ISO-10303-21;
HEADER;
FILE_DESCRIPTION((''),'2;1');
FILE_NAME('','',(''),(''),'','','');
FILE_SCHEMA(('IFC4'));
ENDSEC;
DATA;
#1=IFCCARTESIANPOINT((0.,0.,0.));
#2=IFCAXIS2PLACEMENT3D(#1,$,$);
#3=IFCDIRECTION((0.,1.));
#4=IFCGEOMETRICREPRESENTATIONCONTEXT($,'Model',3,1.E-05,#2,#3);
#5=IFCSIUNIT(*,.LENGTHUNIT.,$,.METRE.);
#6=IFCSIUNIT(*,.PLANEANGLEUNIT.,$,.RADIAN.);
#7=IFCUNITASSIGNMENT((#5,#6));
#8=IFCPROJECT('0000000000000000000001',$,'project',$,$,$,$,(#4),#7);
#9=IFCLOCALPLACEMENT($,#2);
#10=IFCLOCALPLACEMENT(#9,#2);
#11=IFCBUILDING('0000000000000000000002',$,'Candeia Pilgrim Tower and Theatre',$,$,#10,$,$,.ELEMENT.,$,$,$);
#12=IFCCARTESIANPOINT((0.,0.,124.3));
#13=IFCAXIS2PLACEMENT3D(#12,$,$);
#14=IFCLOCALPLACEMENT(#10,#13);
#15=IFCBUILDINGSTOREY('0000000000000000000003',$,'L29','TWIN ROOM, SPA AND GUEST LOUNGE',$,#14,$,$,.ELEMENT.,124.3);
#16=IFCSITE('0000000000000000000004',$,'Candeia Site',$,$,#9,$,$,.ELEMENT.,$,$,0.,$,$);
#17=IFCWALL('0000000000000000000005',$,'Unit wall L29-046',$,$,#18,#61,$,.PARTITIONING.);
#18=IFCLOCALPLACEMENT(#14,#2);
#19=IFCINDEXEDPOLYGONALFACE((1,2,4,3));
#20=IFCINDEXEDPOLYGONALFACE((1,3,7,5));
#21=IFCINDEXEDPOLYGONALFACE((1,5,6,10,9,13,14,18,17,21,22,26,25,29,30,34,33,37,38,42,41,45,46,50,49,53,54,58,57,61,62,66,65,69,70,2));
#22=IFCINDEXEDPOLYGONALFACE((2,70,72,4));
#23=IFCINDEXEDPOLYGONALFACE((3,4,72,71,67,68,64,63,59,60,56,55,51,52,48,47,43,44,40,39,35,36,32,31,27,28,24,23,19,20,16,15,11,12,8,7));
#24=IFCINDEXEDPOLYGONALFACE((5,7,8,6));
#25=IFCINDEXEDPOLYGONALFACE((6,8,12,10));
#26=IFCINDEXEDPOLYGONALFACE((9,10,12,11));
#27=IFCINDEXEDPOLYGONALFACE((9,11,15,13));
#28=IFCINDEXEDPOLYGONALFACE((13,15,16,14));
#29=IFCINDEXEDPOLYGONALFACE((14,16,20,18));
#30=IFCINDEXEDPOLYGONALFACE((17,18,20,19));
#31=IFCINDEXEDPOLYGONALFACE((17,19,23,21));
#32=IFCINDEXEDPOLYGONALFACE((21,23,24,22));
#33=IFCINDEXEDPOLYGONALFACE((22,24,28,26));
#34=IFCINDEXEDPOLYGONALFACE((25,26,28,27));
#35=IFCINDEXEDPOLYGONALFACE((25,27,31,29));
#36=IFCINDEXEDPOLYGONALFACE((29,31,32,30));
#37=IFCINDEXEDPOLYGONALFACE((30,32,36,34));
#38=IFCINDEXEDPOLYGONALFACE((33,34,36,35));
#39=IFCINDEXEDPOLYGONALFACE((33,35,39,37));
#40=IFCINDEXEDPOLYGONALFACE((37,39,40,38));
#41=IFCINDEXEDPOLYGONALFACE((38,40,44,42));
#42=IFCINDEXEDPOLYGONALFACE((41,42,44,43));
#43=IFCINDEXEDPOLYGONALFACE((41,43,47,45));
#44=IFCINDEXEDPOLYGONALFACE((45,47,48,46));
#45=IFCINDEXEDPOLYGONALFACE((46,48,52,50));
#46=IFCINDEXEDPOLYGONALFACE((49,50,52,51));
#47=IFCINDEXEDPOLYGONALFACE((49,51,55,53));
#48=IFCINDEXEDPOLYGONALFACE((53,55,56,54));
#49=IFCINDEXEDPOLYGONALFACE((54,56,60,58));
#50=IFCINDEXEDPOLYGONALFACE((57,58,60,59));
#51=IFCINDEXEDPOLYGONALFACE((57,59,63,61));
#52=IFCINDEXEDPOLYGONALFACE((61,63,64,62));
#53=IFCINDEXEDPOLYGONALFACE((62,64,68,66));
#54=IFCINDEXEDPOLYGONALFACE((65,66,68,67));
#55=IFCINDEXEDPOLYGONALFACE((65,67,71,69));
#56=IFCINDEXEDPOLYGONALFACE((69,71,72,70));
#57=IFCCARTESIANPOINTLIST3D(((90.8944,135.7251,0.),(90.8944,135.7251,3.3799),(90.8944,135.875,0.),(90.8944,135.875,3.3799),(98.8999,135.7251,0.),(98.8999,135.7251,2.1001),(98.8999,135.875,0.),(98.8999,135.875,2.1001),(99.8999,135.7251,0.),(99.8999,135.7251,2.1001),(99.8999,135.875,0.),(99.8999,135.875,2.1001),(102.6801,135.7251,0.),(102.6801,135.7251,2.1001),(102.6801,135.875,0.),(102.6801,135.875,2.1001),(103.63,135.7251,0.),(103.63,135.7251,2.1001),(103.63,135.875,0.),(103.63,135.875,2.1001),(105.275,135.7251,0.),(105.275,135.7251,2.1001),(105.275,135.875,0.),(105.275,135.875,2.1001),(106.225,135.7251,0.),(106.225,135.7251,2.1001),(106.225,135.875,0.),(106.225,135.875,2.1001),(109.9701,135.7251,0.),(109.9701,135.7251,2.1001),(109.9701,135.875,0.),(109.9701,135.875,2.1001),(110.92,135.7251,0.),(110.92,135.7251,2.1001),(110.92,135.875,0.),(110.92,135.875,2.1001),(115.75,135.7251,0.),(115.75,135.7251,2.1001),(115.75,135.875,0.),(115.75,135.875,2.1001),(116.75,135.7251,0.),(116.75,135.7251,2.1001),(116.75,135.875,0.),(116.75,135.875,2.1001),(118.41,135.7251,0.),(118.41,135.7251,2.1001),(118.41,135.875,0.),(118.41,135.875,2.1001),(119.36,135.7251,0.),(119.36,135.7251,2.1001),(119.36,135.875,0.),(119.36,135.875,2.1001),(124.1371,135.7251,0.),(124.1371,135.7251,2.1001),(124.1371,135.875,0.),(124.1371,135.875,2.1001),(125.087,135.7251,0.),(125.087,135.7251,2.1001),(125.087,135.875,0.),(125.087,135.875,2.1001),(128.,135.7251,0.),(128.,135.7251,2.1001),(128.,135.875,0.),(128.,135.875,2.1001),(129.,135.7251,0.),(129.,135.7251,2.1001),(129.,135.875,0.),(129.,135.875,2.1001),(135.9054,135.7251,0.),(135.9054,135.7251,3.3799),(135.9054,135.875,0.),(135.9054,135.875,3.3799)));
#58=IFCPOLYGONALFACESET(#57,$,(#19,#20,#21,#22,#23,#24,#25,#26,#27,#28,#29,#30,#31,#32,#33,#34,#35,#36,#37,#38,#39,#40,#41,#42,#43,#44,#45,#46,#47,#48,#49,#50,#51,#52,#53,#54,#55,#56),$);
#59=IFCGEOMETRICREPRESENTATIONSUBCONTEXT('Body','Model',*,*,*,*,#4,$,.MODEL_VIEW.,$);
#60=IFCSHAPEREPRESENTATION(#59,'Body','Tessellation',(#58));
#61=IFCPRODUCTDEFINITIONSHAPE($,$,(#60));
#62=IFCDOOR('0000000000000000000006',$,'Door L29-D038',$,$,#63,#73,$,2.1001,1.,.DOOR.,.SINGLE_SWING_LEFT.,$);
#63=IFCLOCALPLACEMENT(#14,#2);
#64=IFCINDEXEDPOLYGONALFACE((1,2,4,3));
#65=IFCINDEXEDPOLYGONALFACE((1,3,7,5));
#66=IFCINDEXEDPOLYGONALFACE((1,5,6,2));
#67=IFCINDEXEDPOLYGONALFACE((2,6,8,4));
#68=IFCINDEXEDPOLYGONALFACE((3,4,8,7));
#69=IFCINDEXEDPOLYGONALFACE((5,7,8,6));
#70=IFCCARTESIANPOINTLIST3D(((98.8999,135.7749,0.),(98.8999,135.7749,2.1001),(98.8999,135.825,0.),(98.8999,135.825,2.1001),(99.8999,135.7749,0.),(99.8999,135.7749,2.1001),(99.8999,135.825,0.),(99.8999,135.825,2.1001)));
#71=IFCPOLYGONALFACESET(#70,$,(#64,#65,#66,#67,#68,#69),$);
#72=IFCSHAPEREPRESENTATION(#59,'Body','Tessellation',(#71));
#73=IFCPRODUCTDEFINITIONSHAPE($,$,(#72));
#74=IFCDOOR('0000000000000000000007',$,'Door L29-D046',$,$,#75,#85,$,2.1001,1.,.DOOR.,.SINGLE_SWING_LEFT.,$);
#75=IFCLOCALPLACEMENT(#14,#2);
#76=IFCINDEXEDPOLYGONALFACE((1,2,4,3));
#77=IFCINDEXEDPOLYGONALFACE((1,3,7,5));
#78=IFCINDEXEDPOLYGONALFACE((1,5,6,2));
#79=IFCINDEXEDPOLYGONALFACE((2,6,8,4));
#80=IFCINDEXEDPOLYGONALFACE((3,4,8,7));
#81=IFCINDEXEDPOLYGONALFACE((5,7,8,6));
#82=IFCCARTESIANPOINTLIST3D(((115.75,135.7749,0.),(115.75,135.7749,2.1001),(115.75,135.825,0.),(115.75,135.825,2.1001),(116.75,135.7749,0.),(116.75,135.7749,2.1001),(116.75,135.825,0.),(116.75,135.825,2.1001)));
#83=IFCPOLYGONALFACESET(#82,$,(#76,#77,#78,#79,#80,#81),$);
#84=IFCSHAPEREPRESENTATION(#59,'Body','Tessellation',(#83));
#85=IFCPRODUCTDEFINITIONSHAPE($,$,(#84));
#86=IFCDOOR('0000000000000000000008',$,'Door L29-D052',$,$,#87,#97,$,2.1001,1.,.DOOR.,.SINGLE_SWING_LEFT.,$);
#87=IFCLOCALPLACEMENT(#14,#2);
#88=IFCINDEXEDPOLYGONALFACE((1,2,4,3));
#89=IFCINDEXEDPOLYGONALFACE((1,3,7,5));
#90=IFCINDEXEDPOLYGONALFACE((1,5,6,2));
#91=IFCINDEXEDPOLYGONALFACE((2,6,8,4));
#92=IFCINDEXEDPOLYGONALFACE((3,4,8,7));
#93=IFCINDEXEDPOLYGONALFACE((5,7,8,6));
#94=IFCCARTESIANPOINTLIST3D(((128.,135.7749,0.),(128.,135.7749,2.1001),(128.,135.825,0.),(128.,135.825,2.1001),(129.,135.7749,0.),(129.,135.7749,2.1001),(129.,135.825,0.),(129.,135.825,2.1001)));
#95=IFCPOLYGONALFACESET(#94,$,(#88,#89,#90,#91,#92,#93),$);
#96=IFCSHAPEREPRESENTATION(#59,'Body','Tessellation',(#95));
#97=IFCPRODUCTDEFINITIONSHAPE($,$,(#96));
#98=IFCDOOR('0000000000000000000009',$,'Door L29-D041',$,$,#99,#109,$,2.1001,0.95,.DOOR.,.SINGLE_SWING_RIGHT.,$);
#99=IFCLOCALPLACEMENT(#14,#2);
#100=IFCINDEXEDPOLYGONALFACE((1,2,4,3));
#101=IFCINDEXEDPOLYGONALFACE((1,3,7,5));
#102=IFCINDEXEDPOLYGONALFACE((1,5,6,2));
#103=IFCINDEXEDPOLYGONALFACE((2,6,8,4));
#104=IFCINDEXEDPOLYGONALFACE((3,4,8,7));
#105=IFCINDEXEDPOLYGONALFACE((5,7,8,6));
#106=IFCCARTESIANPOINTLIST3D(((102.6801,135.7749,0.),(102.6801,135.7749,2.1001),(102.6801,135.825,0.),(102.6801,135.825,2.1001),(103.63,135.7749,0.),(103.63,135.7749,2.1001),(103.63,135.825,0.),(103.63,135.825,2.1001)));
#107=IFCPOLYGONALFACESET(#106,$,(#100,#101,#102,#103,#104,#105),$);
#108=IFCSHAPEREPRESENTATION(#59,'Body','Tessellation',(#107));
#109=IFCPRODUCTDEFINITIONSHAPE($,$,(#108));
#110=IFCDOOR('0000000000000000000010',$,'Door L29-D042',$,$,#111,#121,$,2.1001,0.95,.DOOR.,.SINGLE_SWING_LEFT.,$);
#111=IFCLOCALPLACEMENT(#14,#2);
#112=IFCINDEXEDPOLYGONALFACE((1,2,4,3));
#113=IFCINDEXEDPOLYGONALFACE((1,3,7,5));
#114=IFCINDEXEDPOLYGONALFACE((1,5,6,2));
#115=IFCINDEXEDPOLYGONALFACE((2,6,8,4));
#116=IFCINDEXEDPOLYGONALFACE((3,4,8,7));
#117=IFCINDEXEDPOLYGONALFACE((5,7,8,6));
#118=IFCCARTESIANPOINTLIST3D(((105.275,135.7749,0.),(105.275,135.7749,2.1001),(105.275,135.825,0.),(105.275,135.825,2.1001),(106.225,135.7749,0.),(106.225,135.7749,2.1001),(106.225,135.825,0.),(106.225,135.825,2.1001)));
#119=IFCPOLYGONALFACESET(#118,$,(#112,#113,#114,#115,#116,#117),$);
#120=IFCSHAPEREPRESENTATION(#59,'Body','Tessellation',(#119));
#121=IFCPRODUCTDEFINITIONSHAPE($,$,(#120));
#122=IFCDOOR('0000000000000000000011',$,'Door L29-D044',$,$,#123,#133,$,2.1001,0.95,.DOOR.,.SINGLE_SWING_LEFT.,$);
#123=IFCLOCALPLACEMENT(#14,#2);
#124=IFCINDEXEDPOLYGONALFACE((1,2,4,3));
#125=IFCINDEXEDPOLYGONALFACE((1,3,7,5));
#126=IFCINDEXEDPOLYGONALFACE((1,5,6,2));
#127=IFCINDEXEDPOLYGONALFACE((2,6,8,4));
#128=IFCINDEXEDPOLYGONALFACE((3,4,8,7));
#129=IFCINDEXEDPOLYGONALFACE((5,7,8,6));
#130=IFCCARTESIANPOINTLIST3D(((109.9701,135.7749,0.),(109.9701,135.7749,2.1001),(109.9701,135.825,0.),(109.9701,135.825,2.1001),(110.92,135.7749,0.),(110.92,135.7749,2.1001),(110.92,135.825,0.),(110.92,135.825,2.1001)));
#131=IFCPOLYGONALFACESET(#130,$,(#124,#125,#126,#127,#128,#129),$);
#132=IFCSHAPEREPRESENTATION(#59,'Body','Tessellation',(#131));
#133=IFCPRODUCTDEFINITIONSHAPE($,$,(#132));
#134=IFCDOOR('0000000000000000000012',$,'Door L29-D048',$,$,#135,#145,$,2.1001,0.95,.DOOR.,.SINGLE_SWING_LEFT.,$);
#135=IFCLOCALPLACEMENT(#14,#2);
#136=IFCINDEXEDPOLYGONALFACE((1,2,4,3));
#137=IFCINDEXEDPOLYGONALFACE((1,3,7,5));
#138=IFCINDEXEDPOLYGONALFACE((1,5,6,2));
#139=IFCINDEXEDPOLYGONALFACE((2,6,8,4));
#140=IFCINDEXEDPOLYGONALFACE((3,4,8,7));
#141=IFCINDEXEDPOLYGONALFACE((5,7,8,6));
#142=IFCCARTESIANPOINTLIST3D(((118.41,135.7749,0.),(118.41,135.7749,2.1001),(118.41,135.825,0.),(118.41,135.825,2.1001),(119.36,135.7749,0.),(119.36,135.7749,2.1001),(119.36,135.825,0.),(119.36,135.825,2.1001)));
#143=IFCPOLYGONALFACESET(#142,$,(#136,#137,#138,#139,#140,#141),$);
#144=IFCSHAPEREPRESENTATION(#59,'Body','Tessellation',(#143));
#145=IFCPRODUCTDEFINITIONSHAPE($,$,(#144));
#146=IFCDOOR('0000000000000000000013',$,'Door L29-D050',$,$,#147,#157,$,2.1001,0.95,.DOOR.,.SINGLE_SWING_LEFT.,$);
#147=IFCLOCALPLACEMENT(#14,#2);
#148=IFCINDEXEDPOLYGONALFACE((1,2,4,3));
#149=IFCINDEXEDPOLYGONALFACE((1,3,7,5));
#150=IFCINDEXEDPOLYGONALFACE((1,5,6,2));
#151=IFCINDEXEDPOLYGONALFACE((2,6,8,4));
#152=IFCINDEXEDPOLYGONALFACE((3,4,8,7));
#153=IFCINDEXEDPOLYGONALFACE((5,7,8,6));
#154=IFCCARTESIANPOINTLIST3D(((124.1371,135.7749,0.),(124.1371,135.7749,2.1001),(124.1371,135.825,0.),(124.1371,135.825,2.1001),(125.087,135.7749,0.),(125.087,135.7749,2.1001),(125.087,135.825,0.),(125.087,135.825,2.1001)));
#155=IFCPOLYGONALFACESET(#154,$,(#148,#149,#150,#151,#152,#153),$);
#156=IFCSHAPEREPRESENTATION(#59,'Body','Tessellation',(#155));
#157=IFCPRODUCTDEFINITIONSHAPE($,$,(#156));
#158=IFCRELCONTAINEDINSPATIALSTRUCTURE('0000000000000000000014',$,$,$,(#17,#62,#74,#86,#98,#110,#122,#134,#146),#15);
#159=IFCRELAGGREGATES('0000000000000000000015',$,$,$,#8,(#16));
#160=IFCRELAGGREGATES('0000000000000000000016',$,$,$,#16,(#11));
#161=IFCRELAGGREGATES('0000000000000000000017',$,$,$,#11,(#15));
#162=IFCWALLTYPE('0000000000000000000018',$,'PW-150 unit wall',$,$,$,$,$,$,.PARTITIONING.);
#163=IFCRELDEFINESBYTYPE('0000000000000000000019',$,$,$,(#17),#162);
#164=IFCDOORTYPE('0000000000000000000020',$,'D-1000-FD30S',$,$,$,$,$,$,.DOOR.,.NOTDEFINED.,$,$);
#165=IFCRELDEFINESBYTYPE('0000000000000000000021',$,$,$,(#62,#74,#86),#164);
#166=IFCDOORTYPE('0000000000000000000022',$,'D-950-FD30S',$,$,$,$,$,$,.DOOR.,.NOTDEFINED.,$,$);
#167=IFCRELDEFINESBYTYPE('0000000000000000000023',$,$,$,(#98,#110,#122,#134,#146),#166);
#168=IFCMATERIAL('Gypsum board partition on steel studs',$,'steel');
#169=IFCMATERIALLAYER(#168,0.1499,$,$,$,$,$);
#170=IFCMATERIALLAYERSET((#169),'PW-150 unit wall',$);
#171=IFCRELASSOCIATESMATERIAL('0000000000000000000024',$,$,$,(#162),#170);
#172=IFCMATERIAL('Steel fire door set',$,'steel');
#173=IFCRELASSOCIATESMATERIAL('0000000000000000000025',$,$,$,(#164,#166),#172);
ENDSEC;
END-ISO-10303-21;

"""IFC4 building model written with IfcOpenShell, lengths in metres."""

from ifc_helpers import new_model, si_unit, direction, frame, frame_2d, origin, place, context, subcontext, project, spatial, rectangle, extrude, material, layer, layer_set, type_object, element, fill, save


model = new_model("IFC4")

# Units and contexts
model_context = context("Model", 3, precision=1e-05, world=origin(), true_north=direction((0.0, 1.0)))
body_context = subcontext(model_context, "Body", "Model", "MODEL_VIEW")
ifc_project = project(units=[si_unit("LENGTHUNIT", "METRE"), si_unit("PLANEANGLEUNIT", "RADIAN")], contexts=[model_context])

# Site, building, storey
site_placement = place(None, origin())
site = spatial("IfcSite", under=ifc_project, at=site_placement, Name="Candeia Site", CompositionType="ELEMENT", RefElevation=0.0)
building_placement = place(site_placement, origin())
building = spatial("IfcBuilding", under=site, at=building_placement, Name="Candeia Pilgrim Tower and Theatre", CompositionType="ELEMENT")
storey_placement = place(building_placement, frame((0.0, 0.0, 124.3)))
storey = spatial("IfcBuildingStorey", under=building, at=storey_placement, Name="L29", Description="TWIN ROOM, SPA AND GUEST LOUNGE", CompositionType="ELEMENT", Elevation=124.3)

# Shared definitions
ifc_material_1 = material(Name="Gypsum board partition on steel studs", Category="steel")

# Wall, openings, doors
ifc_layer_1 = layer(ifc_material_1, 0.1499)
ifc_layer_set_1 = layer_set([ifc_layer_1], Name="PW-150 unit wall")
wall_type_1 = type_object("IfcWallType", Name="PW-150 unit wall", PredefinedType="PARTITIONING", material=ifc_layer_set_1)
wall_1_placement = place(storey_placement, frame((90.8945, 135.8, 0.0), z_axis=(0.0, 0.0, 1.0), x_axis=(1.0, 0.0, 0.0)))
wall_1 = element("IfcWall", 1, at=wall_1_placement, inside=storey, type_object=wall_type_1, Name="Unit wall L29-046", PredefinedType="PARTITIONING", context=body_context, shape_type="SweptSolid", body=[
    extrude(rectangle(XDim=45.011, YDim=0.1499, at=frame_2d((22.5054, 0.0))), origin(), (0.0, 0.0, 1.0), 3.3799),
])
opening_1_placement = place(wall_1_placement, frame((8.0054, 0.0, 0.0)))
opening_1 = element("IfcOpeningElement", 2, at=opening_1_placement, cuts=wall_1, PredefinedType="OPENING", context=body_context, shape_type="SweptSolid", body=[
    extrude(rectangle(XDim=1.0, YDim=2.1001, at=frame_2d((0.5, 1.05))), frame((0.0, 0.085, 0.0), z_axis=(0.0, -1.0, 0.0), x_axis=(1.0, 0.0, 0.0)), (0.0, 0.0, 1.0), 0.1699),
])
opening_2_placement = place(wall_1_placement, frame((11.7854, 0.0, 0.0)))
opening_2 = element("IfcOpeningElement", 3, at=opening_2_placement, cuts=wall_1, PredefinedType="OPENING", context=body_context, shape_type="SweptSolid", body=[
    extrude(rectangle(XDim=0.95, YDim=2.1001, at=frame_2d((0.4751, 1.05))), frame((0.0, 0.085, 0.0), z_axis=(0.0, -1.0, 0.0), x_axis=(1.0, 0.0, 0.0)), (0.0, 0.0, 1.0), 0.1699),
])
opening_3_placement = place(wall_1_placement, frame((14.3804, 0.0, 0.0)))
opening_3 = element("IfcOpeningElement", 4, at=opening_3_placement, cuts=wall_1, PredefinedType="OPENING", context=body_context, shape_type="SweptSolid", body=[
    extrude(rectangle(XDim=0.95, YDim=2.1001, at=frame_2d((0.4751, 1.05))), frame((0.0, 0.085, 0.0), z_axis=(0.0, -1.0, 0.0), x_axis=(1.0, 0.0, 0.0)), (0.0, 0.0, 1.0), 0.1699),
])
opening_4_placement = place(wall_1_placement, frame((19.0754, 0.0, 0.0)))
opening_4 = element("IfcOpeningElement", 5, at=opening_4_placement, cuts=wall_1, PredefinedType="OPENING", context=body_context, shape_type="SweptSolid", body=[
    extrude(rectangle(XDim=0.95, YDim=2.1001, at=frame_2d((0.4751, 1.05))), frame((0.0, 0.085, 0.0), z_axis=(0.0, -1.0, 0.0), x_axis=(1.0, 0.0, 0.0)), (0.0, 0.0, 1.0), 0.1699),
])
opening_5_placement = place(wall_1_placement, frame((24.8555, 0.0, 0.0)))
opening_5 = element("IfcOpeningElement", 6, at=opening_5_placement, cuts=wall_1, PredefinedType="OPENING", context=body_context, shape_type="SweptSolid", body=[
    extrude(rectangle(XDim=1.0, YDim=2.1001, at=frame_2d((0.5, 1.05))), frame((0.0, 0.085, 0.0), z_axis=(0.0, -1.0, 0.0), x_axis=(1.0, 0.0, 0.0)), (0.0, 0.0, 1.0), 0.1699),
])
opening_6_placement = place(wall_1_placement, frame((27.5154, 0.0, 0.0)))
opening_6 = element("IfcOpeningElement", 7, at=opening_6_placement, cuts=wall_1, PredefinedType="OPENING", context=body_context, shape_type="SweptSolid", body=[
    extrude(rectangle(XDim=0.95, YDim=2.1001, at=frame_2d((0.4751, 1.05))), frame((0.0, 0.085, 0.0), z_axis=(0.0, -1.0, 0.0), x_axis=(1.0, 0.0, 0.0)), (0.0, 0.0, 1.0), 0.1699),
])
opening_7_placement = place(wall_1_placement, frame((33.2424, 0.0, 0.0)))
opening_7 = element("IfcOpeningElement", 8, at=opening_7_placement, cuts=wall_1, PredefinedType="OPENING", context=body_context, shape_type="SweptSolid", body=[
    extrude(rectangle(XDim=0.95, YDim=2.1001, at=frame_2d((0.4751, 1.05))), frame((0.0, 0.085, 0.0), z_axis=(0.0, -1.0, 0.0), x_axis=(1.0, 0.0, 0.0)), (0.0, 0.0, 1.0), 0.1699),
])
opening_8_placement = place(wall_1_placement, frame((37.1055, 0.0, 0.0)))
opening_8 = element("IfcOpeningElement", 9, at=opening_8_placement, cuts=wall_1, PredefinedType="OPENING", context=body_context, shape_type="SweptSolid", body=[
    extrude(rectangle(XDim=1.0, YDim=2.1001, at=frame_2d((0.5, 1.05))), frame((0.0, 0.085, 0.0), z_axis=(0.0, -1.0, 0.0), x_axis=(1.0, 0.0, 0.0)), (0.0, 0.0, 1.0), 0.1699),
])
ifc_material_2 = material(Name="Steel fire door set", Category="steel")
door_type_1 = type_object("IfcDoorType", Name="D-1000-FD30S", OperationType="NOTDEFINED", PredefinedType="DOOR", material=ifc_material_2)
door_1_placement = place(opening_1_placement, origin())
door_1 = element("IfcDoor", 10, at=door_1_placement, inside=storey, type_object=door_type_1, Name="Door L29-D038", OperationType="SINGLE_SWING_LEFT", OverallHeight=2.1001, OverallWidth=1.0, PredefinedType="DOOR", context=body_context, shape_type="SweptSolid", body=[
    extrude(rectangle(XDim=1.0, YDim=2.1001, at=frame_2d((0.5, 1.05))), frame((0.0, 0.0249, 0.0), z_axis=(0.0, -1.0, 0.0), x_axis=(1.0, 0.0, 0.0)), (0.0, 0.0, 1.0), 0.05),
])
fill(opening_1, door_1)
door_2_placement = place(opening_5_placement, origin())
door_2 = element("IfcDoor", 11, at=door_2_placement, inside=storey, type_object=door_type_1, Name="Door L29-D046", OperationType="SINGLE_SWING_LEFT", OverallHeight=2.1001, OverallWidth=1.0, PredefinedType="DOOR", context=body_context, shape_type="SweptSolid", body=[
    extrude(rectangle(XDim=1.0, YDim=2.1001, at=frame_2d((0.5, 1.05))), frame((0.0, 0.0249, 0.0), z_axis=(0.0, -1.0, 0.0), x_axis=(1.0, 0.0, 0.0)), (0.0, 0.0, 1.0), 0.05),
])
fill(opening_5, door_2)
door_3_placement = place(opening_8_placement, origin())
door_3 = element("IfcDoor", 12, at=door_3_placement, inside=storey, type_object=door_type_1, Name="Door L29-D052", OperationType="SINGLE_SWING_LEFT", OverallHeight=2.1001, OverallWidth=1.0, PredefinedType="DOOR", context=body_context, shape_type="SweptSolid", body=[
    extrude(rectangle(XDim=1.0, YDim=2.1001, at=frame_2d((0.5, 1.05))), frame((0.0, 0.0249, 0.0), z_axis=(0.0, -1.0, 0.0), x_axis=(1.0, 0.0, 0.0)), (0.0, 0.0, 1.0), 0.05),
])
fill(opening_8, door_3)
door_type_2 = type_object("IfcDoorType", Name="D-950-FD30S", OperationType="NOTDEFINED", PredefinedType="DOOR", material=ifc_material_2)
door_4_placement = place(opening_2_placement, origin())
door_4 = element("IfcDoor", 13, at=door_4_placement, inside=storey, type_object=door_type_2, Name="Door L29-D041", OperationType="SINGLE_SWING_RIGHT", OverallHeight=2.1001, OverallWidth=0.95, PredefinedType="DOOR", context=body_context, shape_type="SweptSolid", body=[
    extrude(rectangle(XDim=0.95, YDim=2.1001, at=frame_2d((0.4751, 1.05))), frame((0.0, 0.0249, 0.0), z_axis=(0.0, -1.0, 0.0), x_axis=(1.0, 0.0, 0.0)), (0.0, 0.0, 1.0), 0.05),
])
fill(opening_2, door_4)
door_5_placement = place(opening_3_placement, origin())
door_5 = element("IfcDoor", 14, at=door_5_placement, inside=storey, type_object=door_type_2, Name="Door L29-D042", OperationType="SINGLE_SWING_LEFT", OverallHeight=2.1001, OverallWidth=0.95, PredefinedType="DOOR", context=body_context, shape_type="SweptSolid", body=[
    extrude(rectangle(XDim=0.95, YDim=2.1001, at=frame_2d((0.4751, 1.05))), frame((0.0, 0.0249, 0.0), z_axis=(0.0, -1.0, 0.0), x_axis=(1.0, 0.0, 0.0)), (0.0, 0.0, 1.0), 0.05),
])
fill(opening_3, door_5)
door_6_placement = place(opening_4_placement, origin())
door_6 = element("IfcDoor", 15, at=door_6_placement, inside=storey, type_object=door_type_2, Name="Door L29-D044", OperationType="SINGLE_SWING_LEFT", OverallHeight=2.1001, OverallWidth=0.95, PredefinedType="DOOR", context=body_context, shape_type="SweptSolid", body=[
    extrude(rectangle(XDim=0.95, YDim=2.1001, at=frame_2d((0.4751, 1.05))), frame((0.0, 0.0249, 0.0), z_axis=(0.0, -1.0, 0.0), x_axis=(1.0, 0.0, 0.0)), (0.0, 0.0, 1.0), 0.05),
])
fill(opening_4, door_6)
door_7_placement = place(opening_6_placement, origin())
door_7 = element("IfcDoor", 16, at=door_7_placement, inside=storey, type_object=door_type_2, Name="Door L29-D048", OperationType="SINGLE_SWING_LEFT", OverallHeight=2.1001, OverallWidth=0.95, PredefinedType="DOOR", context=body_context, shape_type="SweptSolid", body=[
    extrude(rectangle(XDim=0.95, YDim=2.1001, at=frame_2d((0.4751, 1.05))), frame((0.0, 0.0249, 0.0), z_axis=(0.0, -1.0, 0.0), x_axis=(1.0, 0.0, 0.0)), (0.0, 0.0, 1.0), 0.05),
])
fill(opening_6, door_7)
door_8_placement = place(opening_7_placement, origin())
door_8 = element("IfcDoor", 17, at=door_8_placement, inside=storey, type_object=door_type_2, Name="Door L29-D050", OperationType="SINGLE_SWING_LEFT", OverallHeight=2.1001, OverallWidth=0.95, PredefinedType="DOOR", context=body_context, shape_type="SweptSolid", body=[
    extrude(rectangle(XDim=0.95, YDim=2.1001, at=frame_2d((0.4751, 1.05))), frame((0.0, 0.0249, 0.0), z_axis=(0.0, -1.0, 0.0), x_axis=(1.0, 0.0, 0.0)), (0.0, 0.0, 1.0), 0.05),
])
fill(opening_7, door_8)

save(model, "model.ifc")
